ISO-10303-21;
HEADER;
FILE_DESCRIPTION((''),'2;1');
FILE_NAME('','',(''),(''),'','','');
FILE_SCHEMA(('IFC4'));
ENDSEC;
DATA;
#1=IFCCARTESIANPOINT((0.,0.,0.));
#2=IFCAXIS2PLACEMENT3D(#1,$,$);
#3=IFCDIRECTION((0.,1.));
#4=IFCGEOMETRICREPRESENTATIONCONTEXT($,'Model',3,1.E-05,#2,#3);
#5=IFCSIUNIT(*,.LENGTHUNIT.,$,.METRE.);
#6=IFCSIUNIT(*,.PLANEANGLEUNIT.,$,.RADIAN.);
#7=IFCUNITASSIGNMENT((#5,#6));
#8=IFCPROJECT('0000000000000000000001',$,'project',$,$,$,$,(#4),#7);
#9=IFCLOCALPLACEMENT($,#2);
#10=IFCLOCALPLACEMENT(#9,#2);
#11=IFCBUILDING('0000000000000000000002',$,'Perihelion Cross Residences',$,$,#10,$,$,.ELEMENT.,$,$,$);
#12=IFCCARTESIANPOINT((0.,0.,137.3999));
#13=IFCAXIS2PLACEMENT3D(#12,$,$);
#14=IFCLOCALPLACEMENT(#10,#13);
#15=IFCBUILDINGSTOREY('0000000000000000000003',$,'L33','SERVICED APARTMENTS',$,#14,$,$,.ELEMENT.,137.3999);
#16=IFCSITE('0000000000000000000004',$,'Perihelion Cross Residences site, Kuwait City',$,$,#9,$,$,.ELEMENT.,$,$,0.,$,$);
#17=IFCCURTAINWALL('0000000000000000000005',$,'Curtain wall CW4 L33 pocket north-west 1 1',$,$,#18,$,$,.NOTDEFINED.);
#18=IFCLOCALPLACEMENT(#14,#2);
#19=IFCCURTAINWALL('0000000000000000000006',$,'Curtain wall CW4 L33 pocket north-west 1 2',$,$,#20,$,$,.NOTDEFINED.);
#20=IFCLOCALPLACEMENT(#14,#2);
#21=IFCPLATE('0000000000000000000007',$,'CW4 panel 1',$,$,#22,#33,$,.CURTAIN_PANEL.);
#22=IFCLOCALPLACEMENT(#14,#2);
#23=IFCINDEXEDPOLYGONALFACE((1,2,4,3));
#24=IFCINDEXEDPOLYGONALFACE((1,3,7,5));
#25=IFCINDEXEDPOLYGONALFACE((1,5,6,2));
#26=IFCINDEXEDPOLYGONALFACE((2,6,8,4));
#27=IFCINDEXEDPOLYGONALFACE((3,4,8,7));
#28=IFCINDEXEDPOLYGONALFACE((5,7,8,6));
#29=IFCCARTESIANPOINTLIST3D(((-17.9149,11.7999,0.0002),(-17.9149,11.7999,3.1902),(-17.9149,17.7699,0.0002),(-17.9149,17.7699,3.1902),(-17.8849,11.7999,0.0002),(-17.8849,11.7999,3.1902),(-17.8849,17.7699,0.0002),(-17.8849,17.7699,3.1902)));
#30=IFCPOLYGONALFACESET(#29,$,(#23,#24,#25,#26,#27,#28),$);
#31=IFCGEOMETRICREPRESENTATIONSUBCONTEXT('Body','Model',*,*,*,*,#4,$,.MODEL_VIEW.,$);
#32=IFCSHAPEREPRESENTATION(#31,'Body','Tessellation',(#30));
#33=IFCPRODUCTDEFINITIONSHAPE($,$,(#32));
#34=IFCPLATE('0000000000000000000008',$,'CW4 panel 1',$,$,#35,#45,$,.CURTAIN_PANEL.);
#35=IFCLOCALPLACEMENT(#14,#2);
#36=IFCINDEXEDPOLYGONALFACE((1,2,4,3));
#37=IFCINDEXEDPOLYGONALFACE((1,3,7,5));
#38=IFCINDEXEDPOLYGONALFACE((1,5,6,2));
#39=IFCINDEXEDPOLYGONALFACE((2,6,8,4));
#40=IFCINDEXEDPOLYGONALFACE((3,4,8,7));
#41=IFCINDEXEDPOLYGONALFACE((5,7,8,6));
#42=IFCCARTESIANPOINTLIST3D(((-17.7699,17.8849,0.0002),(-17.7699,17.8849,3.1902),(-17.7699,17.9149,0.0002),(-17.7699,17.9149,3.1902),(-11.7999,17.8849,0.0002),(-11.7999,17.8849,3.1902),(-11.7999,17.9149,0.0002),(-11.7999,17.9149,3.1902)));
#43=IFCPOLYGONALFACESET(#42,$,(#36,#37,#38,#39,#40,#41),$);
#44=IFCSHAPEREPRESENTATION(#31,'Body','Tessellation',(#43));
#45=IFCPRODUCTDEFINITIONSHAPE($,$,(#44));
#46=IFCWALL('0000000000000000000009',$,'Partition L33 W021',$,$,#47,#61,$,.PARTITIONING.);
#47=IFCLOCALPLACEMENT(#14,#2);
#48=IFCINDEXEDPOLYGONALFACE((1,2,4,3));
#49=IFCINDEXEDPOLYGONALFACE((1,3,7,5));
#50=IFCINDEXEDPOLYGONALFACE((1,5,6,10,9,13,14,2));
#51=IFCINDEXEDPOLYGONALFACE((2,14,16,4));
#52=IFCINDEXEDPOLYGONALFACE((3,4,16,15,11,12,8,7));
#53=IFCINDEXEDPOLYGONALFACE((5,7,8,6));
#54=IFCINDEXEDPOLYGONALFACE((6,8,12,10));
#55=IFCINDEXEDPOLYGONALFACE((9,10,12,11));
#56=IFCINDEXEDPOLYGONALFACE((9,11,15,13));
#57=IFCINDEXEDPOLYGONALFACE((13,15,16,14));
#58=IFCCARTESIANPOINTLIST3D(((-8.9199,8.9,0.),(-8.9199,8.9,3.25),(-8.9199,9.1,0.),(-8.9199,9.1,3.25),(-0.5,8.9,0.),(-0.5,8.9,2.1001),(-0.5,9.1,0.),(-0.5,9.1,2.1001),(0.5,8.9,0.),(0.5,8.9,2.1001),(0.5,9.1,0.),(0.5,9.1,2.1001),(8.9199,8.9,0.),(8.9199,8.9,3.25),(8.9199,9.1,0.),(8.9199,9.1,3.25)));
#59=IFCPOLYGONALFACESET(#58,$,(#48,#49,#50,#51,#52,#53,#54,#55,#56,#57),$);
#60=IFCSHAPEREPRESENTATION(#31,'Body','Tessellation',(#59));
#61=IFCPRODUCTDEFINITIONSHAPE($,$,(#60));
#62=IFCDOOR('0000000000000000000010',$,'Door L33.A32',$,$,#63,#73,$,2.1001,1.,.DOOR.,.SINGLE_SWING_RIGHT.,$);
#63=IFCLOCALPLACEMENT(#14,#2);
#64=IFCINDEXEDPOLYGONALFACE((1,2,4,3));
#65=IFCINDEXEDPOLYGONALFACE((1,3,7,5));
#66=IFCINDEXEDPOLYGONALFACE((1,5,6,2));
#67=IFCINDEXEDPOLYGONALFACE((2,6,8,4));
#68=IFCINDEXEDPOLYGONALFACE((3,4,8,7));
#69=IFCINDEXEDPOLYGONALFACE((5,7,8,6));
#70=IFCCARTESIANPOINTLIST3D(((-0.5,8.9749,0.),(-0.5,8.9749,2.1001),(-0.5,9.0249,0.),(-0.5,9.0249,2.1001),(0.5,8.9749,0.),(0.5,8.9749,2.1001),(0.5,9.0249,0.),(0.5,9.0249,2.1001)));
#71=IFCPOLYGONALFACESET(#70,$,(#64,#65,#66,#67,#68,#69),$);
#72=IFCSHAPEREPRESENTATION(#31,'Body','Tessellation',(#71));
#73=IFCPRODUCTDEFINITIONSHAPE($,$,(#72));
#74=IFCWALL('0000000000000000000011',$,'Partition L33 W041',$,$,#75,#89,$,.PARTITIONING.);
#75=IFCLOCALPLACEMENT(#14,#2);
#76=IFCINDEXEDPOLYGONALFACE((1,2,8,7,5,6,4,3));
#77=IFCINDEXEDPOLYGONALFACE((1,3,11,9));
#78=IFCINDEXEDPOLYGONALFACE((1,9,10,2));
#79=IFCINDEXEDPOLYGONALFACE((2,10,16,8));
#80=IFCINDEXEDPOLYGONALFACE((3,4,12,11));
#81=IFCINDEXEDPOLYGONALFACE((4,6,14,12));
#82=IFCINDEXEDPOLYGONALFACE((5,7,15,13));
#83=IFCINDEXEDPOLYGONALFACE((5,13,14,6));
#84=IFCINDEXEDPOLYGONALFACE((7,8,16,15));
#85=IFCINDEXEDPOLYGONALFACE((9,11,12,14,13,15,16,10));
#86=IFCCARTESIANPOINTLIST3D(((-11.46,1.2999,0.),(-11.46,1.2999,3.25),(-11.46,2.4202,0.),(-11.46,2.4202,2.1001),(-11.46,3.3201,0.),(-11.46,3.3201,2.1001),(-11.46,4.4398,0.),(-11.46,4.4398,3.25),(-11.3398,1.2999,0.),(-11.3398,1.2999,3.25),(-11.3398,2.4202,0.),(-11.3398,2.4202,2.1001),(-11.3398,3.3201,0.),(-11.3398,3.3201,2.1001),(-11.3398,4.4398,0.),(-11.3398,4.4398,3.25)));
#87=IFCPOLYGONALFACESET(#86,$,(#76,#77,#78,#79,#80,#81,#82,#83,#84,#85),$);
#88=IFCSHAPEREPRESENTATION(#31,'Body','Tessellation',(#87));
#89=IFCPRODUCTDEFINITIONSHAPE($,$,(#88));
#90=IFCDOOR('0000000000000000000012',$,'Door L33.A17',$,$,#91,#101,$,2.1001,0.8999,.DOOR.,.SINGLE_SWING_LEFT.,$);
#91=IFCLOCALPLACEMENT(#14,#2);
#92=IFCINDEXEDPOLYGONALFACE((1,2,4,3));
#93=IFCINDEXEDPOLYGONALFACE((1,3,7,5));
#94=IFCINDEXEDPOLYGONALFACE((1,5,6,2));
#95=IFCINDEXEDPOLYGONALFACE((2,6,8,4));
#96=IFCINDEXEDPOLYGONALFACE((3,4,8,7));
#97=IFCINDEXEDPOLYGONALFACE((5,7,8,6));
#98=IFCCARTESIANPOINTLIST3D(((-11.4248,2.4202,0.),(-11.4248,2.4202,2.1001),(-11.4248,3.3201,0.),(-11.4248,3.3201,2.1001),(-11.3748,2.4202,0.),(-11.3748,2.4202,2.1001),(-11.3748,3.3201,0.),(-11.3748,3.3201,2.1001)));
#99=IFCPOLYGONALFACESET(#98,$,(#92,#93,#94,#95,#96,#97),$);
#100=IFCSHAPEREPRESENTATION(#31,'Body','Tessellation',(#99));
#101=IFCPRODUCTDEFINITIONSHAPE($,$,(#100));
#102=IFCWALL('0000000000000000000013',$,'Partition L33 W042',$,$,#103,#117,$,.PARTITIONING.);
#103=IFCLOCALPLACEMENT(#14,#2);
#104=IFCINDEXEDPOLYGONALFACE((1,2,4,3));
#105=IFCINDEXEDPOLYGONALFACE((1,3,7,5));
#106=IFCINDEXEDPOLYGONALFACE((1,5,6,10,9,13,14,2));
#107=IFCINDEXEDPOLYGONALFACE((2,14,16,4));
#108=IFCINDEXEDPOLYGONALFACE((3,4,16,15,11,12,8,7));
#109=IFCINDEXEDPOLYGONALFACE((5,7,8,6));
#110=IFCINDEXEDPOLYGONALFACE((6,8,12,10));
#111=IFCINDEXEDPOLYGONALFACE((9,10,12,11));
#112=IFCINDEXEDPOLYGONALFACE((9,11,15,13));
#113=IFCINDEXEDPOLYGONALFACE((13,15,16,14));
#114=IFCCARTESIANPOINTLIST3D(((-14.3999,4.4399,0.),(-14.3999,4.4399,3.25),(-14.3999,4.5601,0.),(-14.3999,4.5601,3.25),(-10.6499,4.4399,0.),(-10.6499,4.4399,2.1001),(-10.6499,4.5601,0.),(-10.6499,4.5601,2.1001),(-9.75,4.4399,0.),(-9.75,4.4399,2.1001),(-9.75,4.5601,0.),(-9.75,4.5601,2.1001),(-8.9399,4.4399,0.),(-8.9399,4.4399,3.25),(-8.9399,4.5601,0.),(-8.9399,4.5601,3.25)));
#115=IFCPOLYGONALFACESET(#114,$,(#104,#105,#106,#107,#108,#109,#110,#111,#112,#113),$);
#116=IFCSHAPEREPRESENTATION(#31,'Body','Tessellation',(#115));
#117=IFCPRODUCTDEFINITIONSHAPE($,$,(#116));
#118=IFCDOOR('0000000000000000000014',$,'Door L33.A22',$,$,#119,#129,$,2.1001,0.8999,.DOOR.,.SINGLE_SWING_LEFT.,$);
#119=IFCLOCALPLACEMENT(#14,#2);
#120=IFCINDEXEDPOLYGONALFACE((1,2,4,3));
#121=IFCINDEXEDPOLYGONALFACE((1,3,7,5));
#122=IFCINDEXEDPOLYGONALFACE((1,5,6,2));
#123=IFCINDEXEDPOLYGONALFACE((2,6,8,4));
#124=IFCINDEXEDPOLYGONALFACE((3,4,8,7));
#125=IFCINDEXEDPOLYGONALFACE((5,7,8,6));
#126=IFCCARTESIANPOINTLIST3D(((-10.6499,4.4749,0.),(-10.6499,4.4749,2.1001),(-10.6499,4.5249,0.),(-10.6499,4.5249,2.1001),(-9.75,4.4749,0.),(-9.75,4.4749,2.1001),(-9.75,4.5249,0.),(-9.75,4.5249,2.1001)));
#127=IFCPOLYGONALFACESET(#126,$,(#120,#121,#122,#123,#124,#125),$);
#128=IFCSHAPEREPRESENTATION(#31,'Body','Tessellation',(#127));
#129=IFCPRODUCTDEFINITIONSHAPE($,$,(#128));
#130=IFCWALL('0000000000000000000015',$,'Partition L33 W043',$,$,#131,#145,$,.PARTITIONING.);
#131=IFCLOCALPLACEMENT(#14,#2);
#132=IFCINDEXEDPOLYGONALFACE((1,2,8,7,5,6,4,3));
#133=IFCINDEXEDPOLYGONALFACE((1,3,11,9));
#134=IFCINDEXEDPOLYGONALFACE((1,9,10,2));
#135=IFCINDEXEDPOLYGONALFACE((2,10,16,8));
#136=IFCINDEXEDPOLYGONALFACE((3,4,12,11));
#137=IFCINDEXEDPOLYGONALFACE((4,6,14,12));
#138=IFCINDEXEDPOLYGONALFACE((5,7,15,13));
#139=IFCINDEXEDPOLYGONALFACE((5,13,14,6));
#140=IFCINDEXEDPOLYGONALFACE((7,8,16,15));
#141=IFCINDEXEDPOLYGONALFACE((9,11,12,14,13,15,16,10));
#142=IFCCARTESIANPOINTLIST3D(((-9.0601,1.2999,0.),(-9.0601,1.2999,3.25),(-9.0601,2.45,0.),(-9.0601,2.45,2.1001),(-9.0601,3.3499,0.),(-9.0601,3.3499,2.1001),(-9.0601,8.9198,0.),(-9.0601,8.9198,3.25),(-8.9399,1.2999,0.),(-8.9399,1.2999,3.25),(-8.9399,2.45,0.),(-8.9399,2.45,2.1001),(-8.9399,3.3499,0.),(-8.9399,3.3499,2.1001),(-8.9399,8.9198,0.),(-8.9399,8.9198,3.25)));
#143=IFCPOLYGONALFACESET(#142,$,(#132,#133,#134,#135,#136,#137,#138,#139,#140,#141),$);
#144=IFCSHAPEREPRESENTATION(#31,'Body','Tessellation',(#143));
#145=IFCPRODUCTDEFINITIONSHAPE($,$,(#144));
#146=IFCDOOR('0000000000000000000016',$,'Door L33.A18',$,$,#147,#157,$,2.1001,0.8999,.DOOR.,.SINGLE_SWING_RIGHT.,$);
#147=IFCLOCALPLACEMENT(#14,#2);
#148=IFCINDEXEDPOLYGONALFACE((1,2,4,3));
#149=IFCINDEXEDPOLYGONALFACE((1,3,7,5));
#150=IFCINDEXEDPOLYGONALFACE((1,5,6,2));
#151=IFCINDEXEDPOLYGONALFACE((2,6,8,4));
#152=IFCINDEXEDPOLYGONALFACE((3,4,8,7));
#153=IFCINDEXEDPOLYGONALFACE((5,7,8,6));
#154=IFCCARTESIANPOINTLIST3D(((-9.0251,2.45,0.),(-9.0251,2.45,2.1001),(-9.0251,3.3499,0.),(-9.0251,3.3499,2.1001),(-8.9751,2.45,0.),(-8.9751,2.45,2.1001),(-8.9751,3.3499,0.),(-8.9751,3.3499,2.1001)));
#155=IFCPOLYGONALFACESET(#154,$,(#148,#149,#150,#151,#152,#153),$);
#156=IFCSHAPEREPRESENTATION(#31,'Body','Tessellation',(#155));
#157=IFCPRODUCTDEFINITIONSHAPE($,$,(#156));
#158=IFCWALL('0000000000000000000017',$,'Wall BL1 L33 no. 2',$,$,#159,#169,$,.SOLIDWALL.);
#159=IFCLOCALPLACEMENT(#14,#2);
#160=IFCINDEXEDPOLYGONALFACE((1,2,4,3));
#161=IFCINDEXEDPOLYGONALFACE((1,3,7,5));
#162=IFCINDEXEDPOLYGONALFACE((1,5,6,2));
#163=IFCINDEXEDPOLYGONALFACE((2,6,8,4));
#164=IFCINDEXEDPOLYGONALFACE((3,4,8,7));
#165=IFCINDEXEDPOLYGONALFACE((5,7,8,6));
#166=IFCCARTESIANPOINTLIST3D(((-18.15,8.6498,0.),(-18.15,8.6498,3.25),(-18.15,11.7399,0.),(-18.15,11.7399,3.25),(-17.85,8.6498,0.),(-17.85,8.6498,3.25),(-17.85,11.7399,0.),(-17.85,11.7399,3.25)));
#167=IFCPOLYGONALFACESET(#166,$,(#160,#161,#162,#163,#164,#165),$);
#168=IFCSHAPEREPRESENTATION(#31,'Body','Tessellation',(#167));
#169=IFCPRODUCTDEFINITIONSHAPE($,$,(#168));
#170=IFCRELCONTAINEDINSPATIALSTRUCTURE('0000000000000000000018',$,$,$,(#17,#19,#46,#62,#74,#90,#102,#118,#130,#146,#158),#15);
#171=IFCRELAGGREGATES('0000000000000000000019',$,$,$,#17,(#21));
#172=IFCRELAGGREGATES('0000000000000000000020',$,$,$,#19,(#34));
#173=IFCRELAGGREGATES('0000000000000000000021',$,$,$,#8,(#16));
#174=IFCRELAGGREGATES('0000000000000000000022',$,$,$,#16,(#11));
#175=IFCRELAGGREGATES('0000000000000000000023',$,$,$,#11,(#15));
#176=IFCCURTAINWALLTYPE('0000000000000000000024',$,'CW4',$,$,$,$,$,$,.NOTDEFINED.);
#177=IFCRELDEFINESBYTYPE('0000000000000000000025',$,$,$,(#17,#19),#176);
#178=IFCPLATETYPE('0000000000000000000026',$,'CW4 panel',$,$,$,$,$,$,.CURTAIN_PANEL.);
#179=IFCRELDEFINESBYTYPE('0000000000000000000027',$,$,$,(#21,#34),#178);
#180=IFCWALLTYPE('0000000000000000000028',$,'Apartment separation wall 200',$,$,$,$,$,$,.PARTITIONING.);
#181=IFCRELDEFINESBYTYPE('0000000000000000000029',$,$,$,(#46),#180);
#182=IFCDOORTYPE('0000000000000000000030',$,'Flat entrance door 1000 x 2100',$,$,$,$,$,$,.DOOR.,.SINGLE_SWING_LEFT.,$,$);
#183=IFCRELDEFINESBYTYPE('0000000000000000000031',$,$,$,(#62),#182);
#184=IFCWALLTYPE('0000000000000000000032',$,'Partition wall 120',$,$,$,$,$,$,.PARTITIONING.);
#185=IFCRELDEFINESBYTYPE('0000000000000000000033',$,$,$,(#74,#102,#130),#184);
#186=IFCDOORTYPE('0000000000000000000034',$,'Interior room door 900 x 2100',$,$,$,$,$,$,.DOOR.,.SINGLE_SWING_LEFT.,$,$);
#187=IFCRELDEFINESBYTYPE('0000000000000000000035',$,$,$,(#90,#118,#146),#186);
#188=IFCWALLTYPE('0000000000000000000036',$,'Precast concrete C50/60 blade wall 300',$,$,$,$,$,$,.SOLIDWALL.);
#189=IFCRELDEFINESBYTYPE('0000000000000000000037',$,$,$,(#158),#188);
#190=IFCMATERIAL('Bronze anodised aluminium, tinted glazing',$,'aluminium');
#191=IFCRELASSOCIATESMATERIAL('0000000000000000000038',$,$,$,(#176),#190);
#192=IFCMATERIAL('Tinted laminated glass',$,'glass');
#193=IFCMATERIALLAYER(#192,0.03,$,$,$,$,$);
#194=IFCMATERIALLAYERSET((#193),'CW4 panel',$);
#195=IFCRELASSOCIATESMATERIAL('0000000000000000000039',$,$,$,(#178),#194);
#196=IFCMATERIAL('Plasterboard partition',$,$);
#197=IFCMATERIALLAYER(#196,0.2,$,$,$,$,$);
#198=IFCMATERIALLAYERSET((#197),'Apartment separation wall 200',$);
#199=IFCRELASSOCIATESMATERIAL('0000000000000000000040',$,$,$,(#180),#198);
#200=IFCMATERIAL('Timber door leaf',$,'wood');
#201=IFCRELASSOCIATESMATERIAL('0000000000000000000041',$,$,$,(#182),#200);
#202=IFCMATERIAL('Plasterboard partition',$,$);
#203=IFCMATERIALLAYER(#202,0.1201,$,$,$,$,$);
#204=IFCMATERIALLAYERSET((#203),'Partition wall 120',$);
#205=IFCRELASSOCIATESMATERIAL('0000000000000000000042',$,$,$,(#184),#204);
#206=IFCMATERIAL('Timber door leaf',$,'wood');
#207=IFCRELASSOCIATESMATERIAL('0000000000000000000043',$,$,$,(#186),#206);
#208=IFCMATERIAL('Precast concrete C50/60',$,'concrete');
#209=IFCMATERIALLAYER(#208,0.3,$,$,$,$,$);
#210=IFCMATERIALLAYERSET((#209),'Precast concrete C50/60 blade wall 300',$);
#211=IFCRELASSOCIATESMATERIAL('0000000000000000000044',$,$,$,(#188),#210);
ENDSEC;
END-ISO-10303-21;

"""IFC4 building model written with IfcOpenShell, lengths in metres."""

from ifc_helpers import new_model, si_unit, direction, frame, frame_2d, origin, origin_2d, place, context, subcontext, project, spatial, rectangle, extrude, material, layer, layer_set, type_object, element, fill, aggregate, save


model = new_model("IFC4")

# Units and contexts
model_context = context("Model", 3, precision=1e-05, world=origin(), true_north=direction((0.0, 1.0)))
body_context = subcontext(model_context, "Body", "Model", "MODEL_VIEW")
ifc_project = project(units=[si_unit("LENGTHUNIT", "METRE"), si_unit("PLANEANGLEUNIT", "RADIAN")], contexts=[model_context])

# Site, building, storey
site_placement = place(None, origin())
site = spatial("IfcSite", under=ifc_project, at=site_placement, Name="Perihelion Cross Residences site, Kuwait City", CompositionType="ELEMENT", RefElevation=0.0)
building_placement = place(site_placement, origin())
building = spatial("IfcBuilding", under=site, at=building_placement, Name="Perihelion Cross Residences", CompositionType="ELEMENT")
storey_placement = place(building_placement, frame((0.0, 0.0, 137.3999)))
storey = spatial("IfcBuildingStorey", under=building, at=storey_placement, Name="L33", Description="SERVICED APARTMENTS", CompositionType="ELEMENT", Elevation=137.3999)

# Curtain walls
ifc_material_1 = material(Name="Bronze anodised aluminium, tinted glazing", Category="aluminium")
curtain_wall_type_1 = type_object("IfcCurtainWallType", Name="CW4", PredefinedType="NOTDEFINED", material=ifc_material_1)
curtain_wall_1_placement = place(storey_placement, origin())
curtain_wall_1 = element("IfcCurtainWall", 1, at=curtain_wall_1_placement, inside=storey, type_object=curtain_wall_type_1, Name="Curtain wall CW4 L33 pocket north-west 1 1", PredefinedType="NOTDEFINED")
curtain_wall_2_placement = place(storey_placement, origin())
curtain_wall_2 = element("IfcCurtainWall", 2, at=curtain_wall_2_placement, inside=storey, type_object=curtain_wall_type_1, Name="Curtain wall CW4 L33 pocket north-west 1 2", PredefinedType="NOTDEFINED")

# Plates
ifc_material_2 = material(Name="Tinted laminated glass", Category="glass")
ifc_layer_1 = layer(ifc_material_2, 0.03)
ifc_layer_set_1 = layer_set([ifc_layer_1], Name="CW4 panel")
plate_type_1 = type_object("IfcPlateType", Name="CW4 panel", PredefinedType="CURTAIN_PANEL", material=ifc_layer_set_1)
plate_1_placement = place(storey_placement, frame((-17.8999, 14.7849, 0.0002), z_axis=(0.0, 0.0, 1.0), x_axis=(0.0, 1.0, 0.0)))
plate_1 = element("IfcPlate", 3, at=plate_1_placement, type_object=plate_type_1, Name="CW4 panel 1", PredefinedType="CURTAIN_PANEL", context=body_context, shape_type="SweptSolid", body=[
    extrude(rectangle(XDim=5.97, YDim=0.03, at=origin_2d()), origin(), (0.0, 0.0, 1.0), 3.1899),
])
aggregate(curtain_wall_1, [plate_1])
plate_2_placement = place(storey_placement, frame((-14.7849, 17.8999, 0.0002), z_axis=(0.0, 0.0, 1.0), x_axis=(1.0, 0.0, 0.0)))
plate_2 = element("IfcPlate", 4, at=plate_2_placement, type_object=plate_type_1, Name="CW4 panel 1", PredefinedType="CURTAIN_PANEL", context=body_context, shape_type="SweptSolid", body=[
    extrude(rectangle(XDim=5.97, YDim=0.03, at=origin_2d()), origin(), (0.0, 0.0, 1.0), 3.1899),
])
aggregate(curtain_wall_2, [plate_2])

# Walls, openings, doors
ifc_material_3 = material(Name="Plasterboard partition")
ifc_layer_2 = layer(ifc_material_3, 0.2)
ifc_layer_set_2 = layer_set([ifc_layer_2], Name="Apartment separation wall 200")
wall_type_1 = type_object("IfcWallType", Name="Apartment separation wall 200", PredefinedType="PARTITIONING", material=ifc_layer_set_2)
wall_1_placement = place(storey_placement, frame((-8.9199, 9.0, 0.0), z_axis=(0.0, 0.0, 1.0), x_axis=(1.0, 0.0, 0.0)))
wall_1 = element("IfcWall", 5, at=wall_1_placement, inside=storey, type_object=wall_type_1, Name="Partition L33 W021", PredefinedType="PARTITIONING", context=body_context, shape_type="SweptSolid", body=[
    extrude(rectangle(XDim=17.8398, YDim=0.2, at=frame_2d((8.9199, 0.0))), origin(), (0.0, 0.0, 1.0), 3.25),
])
opening_1_placement = place(wall_1_placement, frame((8.4199, 0.0, 0.0)))
opening_1 = element("IfcOpeningElement", 6, at=opening_1_placement, cuts=wall_1, PredefinedType="OPENING", context=body_context, shape_type="SweptSolid", body=[
    extrude(rectangle(XDim=1.0, YDim=2.1001, at=frame_2d((0.5, 1.05))), frame((0.0, 0.1099, 0.0), z_axis=(0.0, -1.0, 0.0), x_axis=(1.0, 0.0, 0.0)), (0.0, 0.0, 1.0), 0.22),
])
ifc_material_4 = material(Name="Timber door leaf", Category="wood")
door_type_1 = type_object("IfcDoorType", Name="Flat entrance door 1000 x 2100", OperationType="SINGLE_SWING_LEFT", PredefinedType="DOOR", material=ifc_material_4)
door_1_placement = place(opening_1_placement, origin())
door_1 = element("IfcDoor", 7, at=door_1_placement, inside=storey, type_object=door_type_1, Name="Door L33.A32", OperationType="SINGLE_SWING_RIGHT", OverallHeight=2.1001, OverallWidth=1.0, PredefinedType="DOOR", context=body_context, shape_type="SweptSolid", body=[
    extrude(rectangle(XDim=1.0, YDim=2.1001, at=frame_2d((0.5, 1.05))), frame((0.0, 0.0249, 0.0), z_axis=(0.0, -1.0, 0.0), x_axis=(1.0, 0.0, 0.0)), (0.0, 0.0, 1.0), 0.05),
])
fill(opening_1, door_1)
ifc_material_5 = material(Name="Plasterboard partition")
ifc_layer_3 = layer(ifc_material_5, 0.1201)
ifc_layer_set_3 = layer_set([ifc_layer_3], Name="Partition wall 120")
wall_type_2 = type_object("IfcWallType", Name="Partition wall 120", PredefinedType="PARTITIONING", material=ifc_layer_set_3)
wall_2_placement = place(storey_placement, frame((-11.3999, 1.3, 0.0), z_axis=(0.0, 0.0, 1.0), x_axis=(0.0, 1.0, 0.0)))
wall_2 = element("IfcWall", 8, at=wall_2_placement, inside=storey, type_object=wall_type_2, Name="Partition L33 W041", PredefinedType="PARTITIONING", context=body_context, shape_type="SweptSolid", body=[
    extrude(rectangle(XDim=3.1399, YDim=0.1201, at=frame_2d((1.5698, 0.0))), origin(), (0.0, 0.0, 1.0), 3.25),
])
opening_2_placement = place(wall_2_placement, frame((1.1201, 0.0, 0.0)))
opening_2 = element("IfcOpeningElement", 9, at=opening_2_placement, cuts=wall_2, PredefinedType="OPENING", context=body_context, shape_type="SweptSolid", body=[
    extrude(rectangle(XDim=0.8999, YDim=2.1001, at=frame_2d((0.45, 1.05))), frame((0.0, 0.0701, 0.0), z_axis=(0.0, -1.0, 0.0), x_axis=(1.0, 0.0, 0.0)), (0.0, 0.0, 1.0), 0.1401),
])
ifc_material_6 = material(Name="Timber door leaf", Category="wood")
door_type_2 = type_object("IfcDoorType", Name="Interior room door 900 x 2100", OperationType="SINGLE_SWING_LEFT", PredefinedType="DOOR", material=ifc_material_6)
door_2_placement = place(opening_2_placement, origin())
door_2 = element("IfcDoor", 10, at=door_2_placement, inside=storey, type_object=door_type_2, Name="Door L33.A17", OperationType="SINGLE_SWING_LEFT", OverallHeight=2.1001, OverallWidth=0.8999, PredefinedType="DOOR", context=body_context, shape_type="SweptSolid", body=[
    extrude(rectangle(XDim=0.8999, YDim=2.1001, at=frame_2d((0.45, 1.05))), frame((0.0, 0.0249, 0.0), z_axis=(0.0, -1.0, 0.0), x_axis=(1.0, 0.0, 0.0)), (0.0, 0.0, 1.0), 0.05),
])
fill(opening_2, door_2)
wall_3_placement = place(storey_placement, frame((-14.3999, 4.5, 0.0), z_axis=(0.0, 0.0, 1.0), x_axis=(1.0, 0.0, 0.0)))
wall_3 = element("IfcWall", 11, at=wall_3_placement, inside=storey, type_object=wall_type_2, Name="Partition L33 W042", PredefinedType="PARTITIONING", context=body_context, shape_type="SweptSolid", body=[
    extrude(rectangle(XDim=5.46, YDim=0.1201, at=frame_2d((2.73, 0.0))), origin(), (0.0, 0.0, 1.0), 3.25),
])
opening_3_placement = place(wall_3_placement, frame((3.75, 0.0, 0.0)))
opening_3 = element("IfcOpeningElement", 12, at=opening_3_placement, cuts=wall_3, PredefinedType="OPENING", context=body_context, shape_type="SweptSolid", body=[
    extrude(rectangle(XDim=0.8999, YDim=2.1001, at=frame_2d((0.45, 1.05))), frame((0.0, 0.0701, 0.0), z_axis=(0.0, -1.0, 0.0), x_axis=(1.0, 0.0, 0.0)), (0.0, 0.0, 1.0), 0.1401),
])
door_3_placement = place(opening_3_placement, origin())
door_3 = element("IfcDoor", 13, at=door_3_placement, inside=storey, type_object=door_type_2, Name="Door L33.A22", OperationType="SINGLE_SWING_LEFT", OverallHeight=2.1001, OverallWidth=0.8999, PredefinedType="DOOR", context=body_context, shape_type="SweptSolid", body=[
    extrude(rectangle(XDim=0.8999, YDim=2.1001, at=frame_2d((0.45, 1.05))), frame((0.0, 0.0249, 0.0), z_axis=(0.0, -1.0, 0.0), x_axis=(1.0, 0.0, 0.0)), (0.0, 0.0, 1.0), 0.05),
])
fill(opening_3, door_3)
wall_4_placement = place(storey_placement, frame((-9.0, 8.9199, 0.0), z_axis=(0.0, 0.0, 1.0), x_axis=(0.0, -1.0, 0.0)))
wall_4 = element("IfcWall", 14, at=wall_4_placement, inside=storey, type_object=wall_type_2, Name="Partition L33 W043", PredefinedType="PARTITIONING", context=body_context, shape_type="SweptSolid", body=[
    extrude(rectangle(XDim=7.6199, YDim=0.1201, at=frame_2d((3.8101, 0.0))), origin(), (0.0, 0.0, 1.0), 3.25),
])
opening_4_placement = place(wall_4_placement, frame((5.5701, 0.0, 0.0)))
opening_4 = element("IfcOpeningElement", 15, at=opening_4_placement, cuts=wall_4, PredefinedType="OPENING", context=body_context, shape_type="SweptSolid", body=[
    extrude(rectangle(XDim=0.8999, YDim=2.1001, at=frame_2d((0.45, 1.05))), frame((0.0, 0.0701, 0.0), z_axis=(0.0, -1.0, 0.0), x_axis=(1.0, 0.0, 0.0)), (0.0, 0.0, 1.0), 0.1401),
])
door_4_placement = place(opening_4_placement, origin())
door_4 = element("IfcDoor", 16, at=door_4_placement, inside=storey, type_object=door_type_2, Name="Door L33.A18", OperationType="SINGLE_SWING_RIGHT", OverallHeight=2.1001, OverallWidth=0.8999, PredefinedType="DOOR", context=body_context, shape_type="SweptSolid", body=[
    extrude(rectangle(XDim=0.8999, YDim=2.1001, at=frame_2d((0.45, 1.05))), frame((0.0, 0.0249, 0.0), z_axis=(0.0, -1.0, 0.0), x_axis=(1.0, 0.0, 0.0)), (0.0, 0.0, 1.0), 0.05),
])
fill(opening_4, door_4)

# Wall
ifc_material_7 = material(Name="Precast concrete C50/60", Category="concrete")
ifc_layer_4 = layer(ifc_material_7, 0.3)
ifc_layer_set_4 = layer_set([ifc_layer_4], Name="Precast concrete C50/60 blade wall 300")
wall_type_3 = type_object("IfcWallType", Name="Precast concrete C50/60 blade wall 300", PredefinedType="SOLIDWALL", material=ifc_layer_set_4)
wall_5_placement = place(storey_placement, frame((-18.0, 8.6499, 0.0), z_axis=(0.0, 0.0, 1.0), x_axis=(0.0, 1.0, 0.0)))
element("IfcWall", 17, at=wall_5_placement, inside=storey, type_object=wall_type_3, Name="Wall BL1 L33 no. 2", PredefinedType="SOLIDWALL", context=body_context, shape_type="SweptSolid", body=[
    extrude(rectangle(XDim=3.0901, YDim=0.3, at=frame_2d((1.5449, 0.0))), origin(), (0.0, 0.0, 1.0), 3.25),
])

save(model, "model.ifc")
